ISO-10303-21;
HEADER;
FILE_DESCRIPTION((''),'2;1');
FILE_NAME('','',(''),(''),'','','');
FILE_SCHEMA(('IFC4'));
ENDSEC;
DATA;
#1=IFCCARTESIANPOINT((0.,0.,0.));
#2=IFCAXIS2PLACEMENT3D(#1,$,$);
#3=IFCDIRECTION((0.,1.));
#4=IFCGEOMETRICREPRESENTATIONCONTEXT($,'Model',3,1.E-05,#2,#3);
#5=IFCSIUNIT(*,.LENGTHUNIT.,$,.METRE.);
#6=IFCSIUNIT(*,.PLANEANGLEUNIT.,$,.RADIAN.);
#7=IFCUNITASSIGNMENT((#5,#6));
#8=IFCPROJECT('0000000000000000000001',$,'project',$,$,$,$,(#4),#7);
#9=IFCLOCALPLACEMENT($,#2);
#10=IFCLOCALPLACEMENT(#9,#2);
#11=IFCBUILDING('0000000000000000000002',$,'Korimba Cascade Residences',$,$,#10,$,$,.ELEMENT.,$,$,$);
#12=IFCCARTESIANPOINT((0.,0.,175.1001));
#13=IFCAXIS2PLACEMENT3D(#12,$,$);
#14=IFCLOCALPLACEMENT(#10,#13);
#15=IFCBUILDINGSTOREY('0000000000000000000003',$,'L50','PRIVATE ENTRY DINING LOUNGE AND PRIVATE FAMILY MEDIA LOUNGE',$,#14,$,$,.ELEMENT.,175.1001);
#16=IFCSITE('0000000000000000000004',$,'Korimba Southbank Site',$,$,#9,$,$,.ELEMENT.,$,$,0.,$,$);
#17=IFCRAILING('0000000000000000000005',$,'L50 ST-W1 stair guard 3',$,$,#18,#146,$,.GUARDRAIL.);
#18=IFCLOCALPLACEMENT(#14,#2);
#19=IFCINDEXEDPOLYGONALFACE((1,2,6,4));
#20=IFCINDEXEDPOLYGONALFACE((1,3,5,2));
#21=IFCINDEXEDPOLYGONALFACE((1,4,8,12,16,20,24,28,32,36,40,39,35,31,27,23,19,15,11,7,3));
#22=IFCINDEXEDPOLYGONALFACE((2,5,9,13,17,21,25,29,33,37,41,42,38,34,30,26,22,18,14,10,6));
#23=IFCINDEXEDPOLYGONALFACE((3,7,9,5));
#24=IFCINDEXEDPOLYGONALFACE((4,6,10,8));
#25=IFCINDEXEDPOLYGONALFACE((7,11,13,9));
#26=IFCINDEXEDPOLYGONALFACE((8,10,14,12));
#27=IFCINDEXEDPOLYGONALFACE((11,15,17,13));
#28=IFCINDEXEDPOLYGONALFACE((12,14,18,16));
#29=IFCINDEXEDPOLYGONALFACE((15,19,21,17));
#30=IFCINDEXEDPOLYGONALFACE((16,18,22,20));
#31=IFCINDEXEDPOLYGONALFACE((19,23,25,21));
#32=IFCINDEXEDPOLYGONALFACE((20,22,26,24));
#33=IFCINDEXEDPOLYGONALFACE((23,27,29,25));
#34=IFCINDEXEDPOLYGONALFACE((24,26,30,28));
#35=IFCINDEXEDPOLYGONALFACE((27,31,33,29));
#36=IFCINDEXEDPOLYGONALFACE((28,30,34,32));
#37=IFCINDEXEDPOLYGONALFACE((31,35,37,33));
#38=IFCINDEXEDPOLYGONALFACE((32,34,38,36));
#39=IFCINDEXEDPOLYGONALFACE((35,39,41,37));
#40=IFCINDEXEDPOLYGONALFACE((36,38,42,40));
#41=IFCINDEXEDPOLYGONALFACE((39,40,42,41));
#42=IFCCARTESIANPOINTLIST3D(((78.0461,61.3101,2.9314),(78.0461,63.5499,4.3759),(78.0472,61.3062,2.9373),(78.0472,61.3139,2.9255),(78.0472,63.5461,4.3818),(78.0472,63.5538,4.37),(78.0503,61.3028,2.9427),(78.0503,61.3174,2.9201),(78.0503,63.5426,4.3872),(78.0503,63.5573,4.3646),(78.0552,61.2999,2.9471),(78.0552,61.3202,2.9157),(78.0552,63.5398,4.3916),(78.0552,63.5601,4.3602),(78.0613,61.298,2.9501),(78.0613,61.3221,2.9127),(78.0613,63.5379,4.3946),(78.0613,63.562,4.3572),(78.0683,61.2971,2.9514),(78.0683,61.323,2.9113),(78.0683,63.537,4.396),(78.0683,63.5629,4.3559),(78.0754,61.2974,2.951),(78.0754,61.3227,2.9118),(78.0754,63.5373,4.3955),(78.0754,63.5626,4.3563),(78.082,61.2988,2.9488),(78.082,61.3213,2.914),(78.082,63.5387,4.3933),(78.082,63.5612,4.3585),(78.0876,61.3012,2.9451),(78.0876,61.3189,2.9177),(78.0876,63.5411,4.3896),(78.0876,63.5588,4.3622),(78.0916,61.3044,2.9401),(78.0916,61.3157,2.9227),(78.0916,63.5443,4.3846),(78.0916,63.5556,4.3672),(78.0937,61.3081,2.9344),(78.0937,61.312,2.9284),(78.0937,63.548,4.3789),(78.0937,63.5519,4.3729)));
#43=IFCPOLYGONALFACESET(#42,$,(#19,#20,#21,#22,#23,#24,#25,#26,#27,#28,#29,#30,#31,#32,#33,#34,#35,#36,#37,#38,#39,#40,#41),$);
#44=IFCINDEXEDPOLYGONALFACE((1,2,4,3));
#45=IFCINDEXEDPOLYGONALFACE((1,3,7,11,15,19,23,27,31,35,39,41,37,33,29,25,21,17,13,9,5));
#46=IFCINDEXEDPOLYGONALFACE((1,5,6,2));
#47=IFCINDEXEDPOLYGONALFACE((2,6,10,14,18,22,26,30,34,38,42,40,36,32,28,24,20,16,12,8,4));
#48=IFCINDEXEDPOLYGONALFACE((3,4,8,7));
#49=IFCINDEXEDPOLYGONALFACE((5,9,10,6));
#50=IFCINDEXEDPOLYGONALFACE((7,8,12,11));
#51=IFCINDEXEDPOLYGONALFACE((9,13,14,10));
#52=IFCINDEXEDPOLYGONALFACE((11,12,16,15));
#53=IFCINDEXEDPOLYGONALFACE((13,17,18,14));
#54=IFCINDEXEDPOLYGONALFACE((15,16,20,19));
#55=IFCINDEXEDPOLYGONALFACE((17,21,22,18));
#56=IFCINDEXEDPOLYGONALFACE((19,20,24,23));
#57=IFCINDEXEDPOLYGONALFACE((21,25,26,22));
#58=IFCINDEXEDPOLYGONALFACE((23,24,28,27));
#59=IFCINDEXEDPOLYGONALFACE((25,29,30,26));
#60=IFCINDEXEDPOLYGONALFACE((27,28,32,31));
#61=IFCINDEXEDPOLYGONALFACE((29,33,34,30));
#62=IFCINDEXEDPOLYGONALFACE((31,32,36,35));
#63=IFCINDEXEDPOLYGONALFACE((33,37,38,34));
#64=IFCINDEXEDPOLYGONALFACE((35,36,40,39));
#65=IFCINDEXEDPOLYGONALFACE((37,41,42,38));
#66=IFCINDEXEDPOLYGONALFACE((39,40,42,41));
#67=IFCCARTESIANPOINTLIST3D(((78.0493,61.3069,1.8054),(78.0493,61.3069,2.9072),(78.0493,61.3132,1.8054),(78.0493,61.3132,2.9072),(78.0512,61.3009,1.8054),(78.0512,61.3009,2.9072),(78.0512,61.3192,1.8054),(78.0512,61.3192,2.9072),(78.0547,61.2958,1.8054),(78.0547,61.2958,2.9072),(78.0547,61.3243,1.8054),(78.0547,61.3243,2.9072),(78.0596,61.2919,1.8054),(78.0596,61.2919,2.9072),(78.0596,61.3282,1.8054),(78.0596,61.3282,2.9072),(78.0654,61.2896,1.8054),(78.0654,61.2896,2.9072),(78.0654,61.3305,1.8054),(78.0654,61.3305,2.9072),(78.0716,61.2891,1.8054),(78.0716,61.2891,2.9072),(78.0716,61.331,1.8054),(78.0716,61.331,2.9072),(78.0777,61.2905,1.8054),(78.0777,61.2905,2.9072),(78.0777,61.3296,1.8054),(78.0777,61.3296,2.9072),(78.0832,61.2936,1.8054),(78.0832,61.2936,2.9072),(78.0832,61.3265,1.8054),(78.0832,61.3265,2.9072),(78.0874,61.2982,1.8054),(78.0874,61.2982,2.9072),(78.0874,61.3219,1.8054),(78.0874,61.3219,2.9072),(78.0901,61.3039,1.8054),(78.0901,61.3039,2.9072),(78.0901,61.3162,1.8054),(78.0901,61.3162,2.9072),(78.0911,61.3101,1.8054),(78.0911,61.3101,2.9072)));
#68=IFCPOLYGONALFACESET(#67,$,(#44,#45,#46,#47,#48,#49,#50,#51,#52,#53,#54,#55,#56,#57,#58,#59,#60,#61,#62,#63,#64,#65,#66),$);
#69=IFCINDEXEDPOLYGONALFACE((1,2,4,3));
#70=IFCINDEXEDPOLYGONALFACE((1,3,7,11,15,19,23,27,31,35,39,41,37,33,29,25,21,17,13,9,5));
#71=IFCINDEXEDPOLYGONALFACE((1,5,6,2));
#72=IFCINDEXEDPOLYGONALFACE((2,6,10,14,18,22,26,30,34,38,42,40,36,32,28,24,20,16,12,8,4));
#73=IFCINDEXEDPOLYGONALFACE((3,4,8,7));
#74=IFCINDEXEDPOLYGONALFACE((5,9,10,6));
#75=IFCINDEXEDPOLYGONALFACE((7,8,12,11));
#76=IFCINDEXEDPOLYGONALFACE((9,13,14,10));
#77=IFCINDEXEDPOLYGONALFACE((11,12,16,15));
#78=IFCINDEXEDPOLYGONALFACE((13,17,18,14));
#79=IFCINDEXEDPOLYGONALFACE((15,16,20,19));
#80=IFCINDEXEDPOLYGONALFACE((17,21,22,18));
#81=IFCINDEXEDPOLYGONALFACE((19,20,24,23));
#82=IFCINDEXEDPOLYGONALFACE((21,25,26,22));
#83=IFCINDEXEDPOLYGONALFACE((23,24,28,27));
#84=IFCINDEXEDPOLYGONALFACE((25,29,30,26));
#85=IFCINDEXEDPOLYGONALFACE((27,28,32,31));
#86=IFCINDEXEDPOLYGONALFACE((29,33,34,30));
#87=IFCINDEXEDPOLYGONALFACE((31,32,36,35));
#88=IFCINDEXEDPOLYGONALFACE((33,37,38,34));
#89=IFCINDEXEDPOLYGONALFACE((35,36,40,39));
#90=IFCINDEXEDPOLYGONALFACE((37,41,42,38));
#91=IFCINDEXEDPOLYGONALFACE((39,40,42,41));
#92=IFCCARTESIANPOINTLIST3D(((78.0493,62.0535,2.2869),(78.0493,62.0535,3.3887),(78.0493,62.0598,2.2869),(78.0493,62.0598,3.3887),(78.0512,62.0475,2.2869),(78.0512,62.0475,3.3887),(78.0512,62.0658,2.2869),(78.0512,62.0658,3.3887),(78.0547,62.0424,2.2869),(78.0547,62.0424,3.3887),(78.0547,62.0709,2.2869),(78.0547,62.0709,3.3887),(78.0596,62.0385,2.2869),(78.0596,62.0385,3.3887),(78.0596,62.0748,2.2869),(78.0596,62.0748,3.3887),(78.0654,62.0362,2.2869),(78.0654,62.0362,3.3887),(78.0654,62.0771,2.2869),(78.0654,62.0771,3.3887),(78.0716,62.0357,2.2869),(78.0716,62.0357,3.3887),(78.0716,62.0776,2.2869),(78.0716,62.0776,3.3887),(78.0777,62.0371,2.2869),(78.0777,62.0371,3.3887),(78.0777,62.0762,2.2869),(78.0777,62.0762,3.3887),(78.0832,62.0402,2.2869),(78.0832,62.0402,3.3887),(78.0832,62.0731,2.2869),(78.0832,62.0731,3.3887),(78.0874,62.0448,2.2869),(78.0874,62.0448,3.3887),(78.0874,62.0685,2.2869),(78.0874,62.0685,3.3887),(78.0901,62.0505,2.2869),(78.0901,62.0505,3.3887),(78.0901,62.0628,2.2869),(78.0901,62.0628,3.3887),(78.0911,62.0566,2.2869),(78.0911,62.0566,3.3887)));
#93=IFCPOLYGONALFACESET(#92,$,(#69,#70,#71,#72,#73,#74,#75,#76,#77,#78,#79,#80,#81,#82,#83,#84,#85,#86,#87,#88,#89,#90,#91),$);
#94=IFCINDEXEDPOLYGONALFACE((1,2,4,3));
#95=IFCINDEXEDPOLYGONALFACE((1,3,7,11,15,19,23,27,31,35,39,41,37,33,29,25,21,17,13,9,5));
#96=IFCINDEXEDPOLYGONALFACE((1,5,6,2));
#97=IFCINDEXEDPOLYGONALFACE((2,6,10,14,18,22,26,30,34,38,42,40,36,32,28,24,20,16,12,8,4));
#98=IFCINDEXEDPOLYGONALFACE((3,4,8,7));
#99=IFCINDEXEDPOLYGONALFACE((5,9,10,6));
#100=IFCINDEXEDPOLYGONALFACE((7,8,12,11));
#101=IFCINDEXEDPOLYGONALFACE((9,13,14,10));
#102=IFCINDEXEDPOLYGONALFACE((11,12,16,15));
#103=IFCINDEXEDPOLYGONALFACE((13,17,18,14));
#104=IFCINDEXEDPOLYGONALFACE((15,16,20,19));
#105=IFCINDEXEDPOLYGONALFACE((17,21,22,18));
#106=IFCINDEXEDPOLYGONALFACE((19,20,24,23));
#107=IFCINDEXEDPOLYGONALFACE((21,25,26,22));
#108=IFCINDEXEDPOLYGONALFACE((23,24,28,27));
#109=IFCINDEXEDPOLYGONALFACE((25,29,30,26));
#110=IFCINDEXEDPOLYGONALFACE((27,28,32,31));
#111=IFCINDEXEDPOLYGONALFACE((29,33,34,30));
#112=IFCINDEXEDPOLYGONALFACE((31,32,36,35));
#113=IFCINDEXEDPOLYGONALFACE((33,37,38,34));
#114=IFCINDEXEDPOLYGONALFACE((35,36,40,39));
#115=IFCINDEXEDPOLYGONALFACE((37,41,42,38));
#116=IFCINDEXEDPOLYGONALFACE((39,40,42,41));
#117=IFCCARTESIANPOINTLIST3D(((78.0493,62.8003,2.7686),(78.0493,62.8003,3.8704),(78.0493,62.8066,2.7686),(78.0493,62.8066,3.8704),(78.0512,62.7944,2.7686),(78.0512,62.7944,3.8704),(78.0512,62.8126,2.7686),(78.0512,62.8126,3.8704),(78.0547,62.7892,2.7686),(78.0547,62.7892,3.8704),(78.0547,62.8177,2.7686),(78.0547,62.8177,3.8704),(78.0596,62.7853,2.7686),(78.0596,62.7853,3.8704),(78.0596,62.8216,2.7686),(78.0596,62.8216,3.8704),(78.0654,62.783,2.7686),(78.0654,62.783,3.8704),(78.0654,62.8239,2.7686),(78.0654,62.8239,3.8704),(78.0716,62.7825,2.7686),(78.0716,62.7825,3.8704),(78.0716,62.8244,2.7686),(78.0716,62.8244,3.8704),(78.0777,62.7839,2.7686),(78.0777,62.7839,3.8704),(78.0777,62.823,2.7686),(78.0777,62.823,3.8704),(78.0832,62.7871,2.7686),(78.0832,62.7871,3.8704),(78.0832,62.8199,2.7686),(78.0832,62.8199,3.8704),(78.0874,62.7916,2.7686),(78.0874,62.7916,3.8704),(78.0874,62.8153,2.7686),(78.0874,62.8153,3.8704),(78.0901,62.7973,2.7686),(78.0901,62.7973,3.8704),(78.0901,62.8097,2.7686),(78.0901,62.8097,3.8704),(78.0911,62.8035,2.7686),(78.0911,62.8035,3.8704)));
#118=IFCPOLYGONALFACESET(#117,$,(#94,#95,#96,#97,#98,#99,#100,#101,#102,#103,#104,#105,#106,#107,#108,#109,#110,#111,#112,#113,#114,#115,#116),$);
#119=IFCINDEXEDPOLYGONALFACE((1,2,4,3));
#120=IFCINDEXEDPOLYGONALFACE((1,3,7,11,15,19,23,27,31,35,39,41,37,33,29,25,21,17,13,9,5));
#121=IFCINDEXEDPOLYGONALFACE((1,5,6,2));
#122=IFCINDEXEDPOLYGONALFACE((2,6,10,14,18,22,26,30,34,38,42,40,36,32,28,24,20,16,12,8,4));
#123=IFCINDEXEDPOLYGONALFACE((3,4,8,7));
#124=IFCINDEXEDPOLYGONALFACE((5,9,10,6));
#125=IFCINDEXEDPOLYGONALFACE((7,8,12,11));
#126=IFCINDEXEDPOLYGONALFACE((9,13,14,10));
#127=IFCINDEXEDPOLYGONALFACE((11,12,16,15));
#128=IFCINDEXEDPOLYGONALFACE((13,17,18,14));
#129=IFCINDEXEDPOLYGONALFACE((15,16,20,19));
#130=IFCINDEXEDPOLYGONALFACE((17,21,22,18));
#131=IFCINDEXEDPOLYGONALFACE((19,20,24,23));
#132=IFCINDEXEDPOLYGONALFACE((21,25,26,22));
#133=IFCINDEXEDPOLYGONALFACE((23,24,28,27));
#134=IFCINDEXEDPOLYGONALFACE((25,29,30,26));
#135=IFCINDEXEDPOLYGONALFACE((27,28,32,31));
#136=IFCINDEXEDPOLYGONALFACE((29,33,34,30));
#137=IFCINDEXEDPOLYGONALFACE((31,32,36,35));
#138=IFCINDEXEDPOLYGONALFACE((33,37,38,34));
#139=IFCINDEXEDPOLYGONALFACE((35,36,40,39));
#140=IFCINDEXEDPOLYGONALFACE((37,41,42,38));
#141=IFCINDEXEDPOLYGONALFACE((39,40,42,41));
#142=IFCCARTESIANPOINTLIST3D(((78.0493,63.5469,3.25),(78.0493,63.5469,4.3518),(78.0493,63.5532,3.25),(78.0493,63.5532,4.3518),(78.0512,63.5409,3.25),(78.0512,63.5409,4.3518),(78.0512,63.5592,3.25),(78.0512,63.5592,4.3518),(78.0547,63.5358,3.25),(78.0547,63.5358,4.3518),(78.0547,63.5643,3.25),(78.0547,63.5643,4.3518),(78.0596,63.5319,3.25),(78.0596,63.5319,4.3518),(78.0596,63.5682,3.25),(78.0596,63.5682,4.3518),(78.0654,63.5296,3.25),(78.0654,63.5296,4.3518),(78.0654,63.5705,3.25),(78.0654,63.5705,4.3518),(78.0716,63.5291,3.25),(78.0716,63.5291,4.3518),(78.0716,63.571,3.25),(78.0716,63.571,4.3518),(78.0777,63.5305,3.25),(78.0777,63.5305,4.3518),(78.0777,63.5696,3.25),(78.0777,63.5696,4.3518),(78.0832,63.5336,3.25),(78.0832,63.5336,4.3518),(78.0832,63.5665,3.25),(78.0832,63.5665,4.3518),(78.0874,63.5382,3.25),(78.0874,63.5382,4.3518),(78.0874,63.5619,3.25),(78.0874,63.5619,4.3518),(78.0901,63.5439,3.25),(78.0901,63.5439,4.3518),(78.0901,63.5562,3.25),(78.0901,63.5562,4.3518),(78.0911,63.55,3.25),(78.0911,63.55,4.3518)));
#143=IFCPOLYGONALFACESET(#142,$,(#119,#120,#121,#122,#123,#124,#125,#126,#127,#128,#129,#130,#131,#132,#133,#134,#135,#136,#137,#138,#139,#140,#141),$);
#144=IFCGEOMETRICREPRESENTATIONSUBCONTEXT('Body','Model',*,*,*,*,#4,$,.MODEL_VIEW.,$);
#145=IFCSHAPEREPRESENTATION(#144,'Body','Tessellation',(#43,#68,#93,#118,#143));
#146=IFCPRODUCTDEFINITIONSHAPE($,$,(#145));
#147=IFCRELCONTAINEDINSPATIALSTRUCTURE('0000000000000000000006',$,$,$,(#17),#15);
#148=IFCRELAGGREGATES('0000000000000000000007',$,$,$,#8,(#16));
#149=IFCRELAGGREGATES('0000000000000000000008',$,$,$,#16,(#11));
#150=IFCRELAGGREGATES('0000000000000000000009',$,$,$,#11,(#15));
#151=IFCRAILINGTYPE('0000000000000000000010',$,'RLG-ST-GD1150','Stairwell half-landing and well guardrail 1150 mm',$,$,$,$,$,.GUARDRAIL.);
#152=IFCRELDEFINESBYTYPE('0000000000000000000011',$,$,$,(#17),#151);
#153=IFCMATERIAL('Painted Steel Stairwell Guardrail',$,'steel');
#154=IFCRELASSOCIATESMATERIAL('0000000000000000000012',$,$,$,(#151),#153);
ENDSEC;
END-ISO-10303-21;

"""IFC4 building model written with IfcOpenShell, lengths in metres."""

from ifc_helpers import new_model, si_unit, direction, frame, origin, origin_2d, place, context, subcontext, project, spatial, circle, extrude, material, type_object, element, save


model = new_model("IFC4")

# Units and contexts
model_context = context("Model", 3, precision=1e-05, world=origin(), true_north=direction((0.0, 1.0)))
body_context = subcontext(model_context, "Body", "Model", "MODEL_VIEW")
ifc_project = project(units=[si_unit("LENGTHUNIT", "METRE"), si_unit("PLANEANGLEUNIT", "RADIAN")], contexts=[model_context])

# Site, building, storey
site_placement = place(None, origin())
site = spatial("IfcSite", under=ifc_project, at=site_placement, Name="Korimba Southbank Site", CompositionType="ELEMENT", RefElevation=0.0)
building_placement = place(site_placement, origin())
building = spatial("IfcBuilding", under=site, at=building_placement, Name="Korimba Cascade Residences", CompositionType="ELEMENT")
storey_placement = place(building_placement, frame((0.0, 0.0, 175.1001)))
storey = spatial("IfcBuildingStorey", under=building, at=storey_placement, Name="L50", Description="PRIVATE ENTRY DINING LOUNGE AND PRIVATE FAMILY MEDIA LOUNGE", CompositionType="ELEMENT", Elevation=175.1001)

# Railing
ifc_material_1 = material(Name="Painted Steel Stairwell Guardrail", Category="steel")
railing_type_1 = type_object("IfcRailingType", Name="RLG-ST-GD1150", Description="Stairwell half-landing and well guardrail 1150 mm", PredefinedType="GUARDRAIL", material=ifc_material_1)
railing_1_placement = place(storey_placement, frame((78.0701, 61.3101, 1.8054)))
element("IfcRailing", 1, at=railing_1_placement, inside=storey, type_object=railing_type_1, Name="L50 ST-W1 stair guard 3", PredefinedType="GUARDRAIL", context=body_context, shape_type="SweptSolid", body=[
    extrude(circle(Radius=0.0239, at=origin_2d()), frame((0.0, 0.0, 1.126), z_axis=(0.0, 0.840395, 0.541975), x_axis=(-1.0, 0.0, 0.0)), (0.0, 0.0, 1.0), 2.6653),
    extrude(circle(Radius=0.021, at=origin_2d()), origin(), (0.0, 0.0, 1.0), 1.1018),
    extrude(circle(Radius=0.021, at=origin_2d()), frame((0.0, 0.7466, 0.4814)), (0.0, 0.0, 1.0), 1.1018),
    extrude(circle(Radius=0.021, at=origin_2d()), frame((0.0, 1.4934, 0.9631)), (0.0, 0.0, 1.0), 1.1018),
    extrude(circle(Radius=0.021, at=origin_2d()), frame((0.0, 2.24, 1.4446)), (0.0, 0.0, 1.0), 1.1018),
])

save(model, "model.ifc")
